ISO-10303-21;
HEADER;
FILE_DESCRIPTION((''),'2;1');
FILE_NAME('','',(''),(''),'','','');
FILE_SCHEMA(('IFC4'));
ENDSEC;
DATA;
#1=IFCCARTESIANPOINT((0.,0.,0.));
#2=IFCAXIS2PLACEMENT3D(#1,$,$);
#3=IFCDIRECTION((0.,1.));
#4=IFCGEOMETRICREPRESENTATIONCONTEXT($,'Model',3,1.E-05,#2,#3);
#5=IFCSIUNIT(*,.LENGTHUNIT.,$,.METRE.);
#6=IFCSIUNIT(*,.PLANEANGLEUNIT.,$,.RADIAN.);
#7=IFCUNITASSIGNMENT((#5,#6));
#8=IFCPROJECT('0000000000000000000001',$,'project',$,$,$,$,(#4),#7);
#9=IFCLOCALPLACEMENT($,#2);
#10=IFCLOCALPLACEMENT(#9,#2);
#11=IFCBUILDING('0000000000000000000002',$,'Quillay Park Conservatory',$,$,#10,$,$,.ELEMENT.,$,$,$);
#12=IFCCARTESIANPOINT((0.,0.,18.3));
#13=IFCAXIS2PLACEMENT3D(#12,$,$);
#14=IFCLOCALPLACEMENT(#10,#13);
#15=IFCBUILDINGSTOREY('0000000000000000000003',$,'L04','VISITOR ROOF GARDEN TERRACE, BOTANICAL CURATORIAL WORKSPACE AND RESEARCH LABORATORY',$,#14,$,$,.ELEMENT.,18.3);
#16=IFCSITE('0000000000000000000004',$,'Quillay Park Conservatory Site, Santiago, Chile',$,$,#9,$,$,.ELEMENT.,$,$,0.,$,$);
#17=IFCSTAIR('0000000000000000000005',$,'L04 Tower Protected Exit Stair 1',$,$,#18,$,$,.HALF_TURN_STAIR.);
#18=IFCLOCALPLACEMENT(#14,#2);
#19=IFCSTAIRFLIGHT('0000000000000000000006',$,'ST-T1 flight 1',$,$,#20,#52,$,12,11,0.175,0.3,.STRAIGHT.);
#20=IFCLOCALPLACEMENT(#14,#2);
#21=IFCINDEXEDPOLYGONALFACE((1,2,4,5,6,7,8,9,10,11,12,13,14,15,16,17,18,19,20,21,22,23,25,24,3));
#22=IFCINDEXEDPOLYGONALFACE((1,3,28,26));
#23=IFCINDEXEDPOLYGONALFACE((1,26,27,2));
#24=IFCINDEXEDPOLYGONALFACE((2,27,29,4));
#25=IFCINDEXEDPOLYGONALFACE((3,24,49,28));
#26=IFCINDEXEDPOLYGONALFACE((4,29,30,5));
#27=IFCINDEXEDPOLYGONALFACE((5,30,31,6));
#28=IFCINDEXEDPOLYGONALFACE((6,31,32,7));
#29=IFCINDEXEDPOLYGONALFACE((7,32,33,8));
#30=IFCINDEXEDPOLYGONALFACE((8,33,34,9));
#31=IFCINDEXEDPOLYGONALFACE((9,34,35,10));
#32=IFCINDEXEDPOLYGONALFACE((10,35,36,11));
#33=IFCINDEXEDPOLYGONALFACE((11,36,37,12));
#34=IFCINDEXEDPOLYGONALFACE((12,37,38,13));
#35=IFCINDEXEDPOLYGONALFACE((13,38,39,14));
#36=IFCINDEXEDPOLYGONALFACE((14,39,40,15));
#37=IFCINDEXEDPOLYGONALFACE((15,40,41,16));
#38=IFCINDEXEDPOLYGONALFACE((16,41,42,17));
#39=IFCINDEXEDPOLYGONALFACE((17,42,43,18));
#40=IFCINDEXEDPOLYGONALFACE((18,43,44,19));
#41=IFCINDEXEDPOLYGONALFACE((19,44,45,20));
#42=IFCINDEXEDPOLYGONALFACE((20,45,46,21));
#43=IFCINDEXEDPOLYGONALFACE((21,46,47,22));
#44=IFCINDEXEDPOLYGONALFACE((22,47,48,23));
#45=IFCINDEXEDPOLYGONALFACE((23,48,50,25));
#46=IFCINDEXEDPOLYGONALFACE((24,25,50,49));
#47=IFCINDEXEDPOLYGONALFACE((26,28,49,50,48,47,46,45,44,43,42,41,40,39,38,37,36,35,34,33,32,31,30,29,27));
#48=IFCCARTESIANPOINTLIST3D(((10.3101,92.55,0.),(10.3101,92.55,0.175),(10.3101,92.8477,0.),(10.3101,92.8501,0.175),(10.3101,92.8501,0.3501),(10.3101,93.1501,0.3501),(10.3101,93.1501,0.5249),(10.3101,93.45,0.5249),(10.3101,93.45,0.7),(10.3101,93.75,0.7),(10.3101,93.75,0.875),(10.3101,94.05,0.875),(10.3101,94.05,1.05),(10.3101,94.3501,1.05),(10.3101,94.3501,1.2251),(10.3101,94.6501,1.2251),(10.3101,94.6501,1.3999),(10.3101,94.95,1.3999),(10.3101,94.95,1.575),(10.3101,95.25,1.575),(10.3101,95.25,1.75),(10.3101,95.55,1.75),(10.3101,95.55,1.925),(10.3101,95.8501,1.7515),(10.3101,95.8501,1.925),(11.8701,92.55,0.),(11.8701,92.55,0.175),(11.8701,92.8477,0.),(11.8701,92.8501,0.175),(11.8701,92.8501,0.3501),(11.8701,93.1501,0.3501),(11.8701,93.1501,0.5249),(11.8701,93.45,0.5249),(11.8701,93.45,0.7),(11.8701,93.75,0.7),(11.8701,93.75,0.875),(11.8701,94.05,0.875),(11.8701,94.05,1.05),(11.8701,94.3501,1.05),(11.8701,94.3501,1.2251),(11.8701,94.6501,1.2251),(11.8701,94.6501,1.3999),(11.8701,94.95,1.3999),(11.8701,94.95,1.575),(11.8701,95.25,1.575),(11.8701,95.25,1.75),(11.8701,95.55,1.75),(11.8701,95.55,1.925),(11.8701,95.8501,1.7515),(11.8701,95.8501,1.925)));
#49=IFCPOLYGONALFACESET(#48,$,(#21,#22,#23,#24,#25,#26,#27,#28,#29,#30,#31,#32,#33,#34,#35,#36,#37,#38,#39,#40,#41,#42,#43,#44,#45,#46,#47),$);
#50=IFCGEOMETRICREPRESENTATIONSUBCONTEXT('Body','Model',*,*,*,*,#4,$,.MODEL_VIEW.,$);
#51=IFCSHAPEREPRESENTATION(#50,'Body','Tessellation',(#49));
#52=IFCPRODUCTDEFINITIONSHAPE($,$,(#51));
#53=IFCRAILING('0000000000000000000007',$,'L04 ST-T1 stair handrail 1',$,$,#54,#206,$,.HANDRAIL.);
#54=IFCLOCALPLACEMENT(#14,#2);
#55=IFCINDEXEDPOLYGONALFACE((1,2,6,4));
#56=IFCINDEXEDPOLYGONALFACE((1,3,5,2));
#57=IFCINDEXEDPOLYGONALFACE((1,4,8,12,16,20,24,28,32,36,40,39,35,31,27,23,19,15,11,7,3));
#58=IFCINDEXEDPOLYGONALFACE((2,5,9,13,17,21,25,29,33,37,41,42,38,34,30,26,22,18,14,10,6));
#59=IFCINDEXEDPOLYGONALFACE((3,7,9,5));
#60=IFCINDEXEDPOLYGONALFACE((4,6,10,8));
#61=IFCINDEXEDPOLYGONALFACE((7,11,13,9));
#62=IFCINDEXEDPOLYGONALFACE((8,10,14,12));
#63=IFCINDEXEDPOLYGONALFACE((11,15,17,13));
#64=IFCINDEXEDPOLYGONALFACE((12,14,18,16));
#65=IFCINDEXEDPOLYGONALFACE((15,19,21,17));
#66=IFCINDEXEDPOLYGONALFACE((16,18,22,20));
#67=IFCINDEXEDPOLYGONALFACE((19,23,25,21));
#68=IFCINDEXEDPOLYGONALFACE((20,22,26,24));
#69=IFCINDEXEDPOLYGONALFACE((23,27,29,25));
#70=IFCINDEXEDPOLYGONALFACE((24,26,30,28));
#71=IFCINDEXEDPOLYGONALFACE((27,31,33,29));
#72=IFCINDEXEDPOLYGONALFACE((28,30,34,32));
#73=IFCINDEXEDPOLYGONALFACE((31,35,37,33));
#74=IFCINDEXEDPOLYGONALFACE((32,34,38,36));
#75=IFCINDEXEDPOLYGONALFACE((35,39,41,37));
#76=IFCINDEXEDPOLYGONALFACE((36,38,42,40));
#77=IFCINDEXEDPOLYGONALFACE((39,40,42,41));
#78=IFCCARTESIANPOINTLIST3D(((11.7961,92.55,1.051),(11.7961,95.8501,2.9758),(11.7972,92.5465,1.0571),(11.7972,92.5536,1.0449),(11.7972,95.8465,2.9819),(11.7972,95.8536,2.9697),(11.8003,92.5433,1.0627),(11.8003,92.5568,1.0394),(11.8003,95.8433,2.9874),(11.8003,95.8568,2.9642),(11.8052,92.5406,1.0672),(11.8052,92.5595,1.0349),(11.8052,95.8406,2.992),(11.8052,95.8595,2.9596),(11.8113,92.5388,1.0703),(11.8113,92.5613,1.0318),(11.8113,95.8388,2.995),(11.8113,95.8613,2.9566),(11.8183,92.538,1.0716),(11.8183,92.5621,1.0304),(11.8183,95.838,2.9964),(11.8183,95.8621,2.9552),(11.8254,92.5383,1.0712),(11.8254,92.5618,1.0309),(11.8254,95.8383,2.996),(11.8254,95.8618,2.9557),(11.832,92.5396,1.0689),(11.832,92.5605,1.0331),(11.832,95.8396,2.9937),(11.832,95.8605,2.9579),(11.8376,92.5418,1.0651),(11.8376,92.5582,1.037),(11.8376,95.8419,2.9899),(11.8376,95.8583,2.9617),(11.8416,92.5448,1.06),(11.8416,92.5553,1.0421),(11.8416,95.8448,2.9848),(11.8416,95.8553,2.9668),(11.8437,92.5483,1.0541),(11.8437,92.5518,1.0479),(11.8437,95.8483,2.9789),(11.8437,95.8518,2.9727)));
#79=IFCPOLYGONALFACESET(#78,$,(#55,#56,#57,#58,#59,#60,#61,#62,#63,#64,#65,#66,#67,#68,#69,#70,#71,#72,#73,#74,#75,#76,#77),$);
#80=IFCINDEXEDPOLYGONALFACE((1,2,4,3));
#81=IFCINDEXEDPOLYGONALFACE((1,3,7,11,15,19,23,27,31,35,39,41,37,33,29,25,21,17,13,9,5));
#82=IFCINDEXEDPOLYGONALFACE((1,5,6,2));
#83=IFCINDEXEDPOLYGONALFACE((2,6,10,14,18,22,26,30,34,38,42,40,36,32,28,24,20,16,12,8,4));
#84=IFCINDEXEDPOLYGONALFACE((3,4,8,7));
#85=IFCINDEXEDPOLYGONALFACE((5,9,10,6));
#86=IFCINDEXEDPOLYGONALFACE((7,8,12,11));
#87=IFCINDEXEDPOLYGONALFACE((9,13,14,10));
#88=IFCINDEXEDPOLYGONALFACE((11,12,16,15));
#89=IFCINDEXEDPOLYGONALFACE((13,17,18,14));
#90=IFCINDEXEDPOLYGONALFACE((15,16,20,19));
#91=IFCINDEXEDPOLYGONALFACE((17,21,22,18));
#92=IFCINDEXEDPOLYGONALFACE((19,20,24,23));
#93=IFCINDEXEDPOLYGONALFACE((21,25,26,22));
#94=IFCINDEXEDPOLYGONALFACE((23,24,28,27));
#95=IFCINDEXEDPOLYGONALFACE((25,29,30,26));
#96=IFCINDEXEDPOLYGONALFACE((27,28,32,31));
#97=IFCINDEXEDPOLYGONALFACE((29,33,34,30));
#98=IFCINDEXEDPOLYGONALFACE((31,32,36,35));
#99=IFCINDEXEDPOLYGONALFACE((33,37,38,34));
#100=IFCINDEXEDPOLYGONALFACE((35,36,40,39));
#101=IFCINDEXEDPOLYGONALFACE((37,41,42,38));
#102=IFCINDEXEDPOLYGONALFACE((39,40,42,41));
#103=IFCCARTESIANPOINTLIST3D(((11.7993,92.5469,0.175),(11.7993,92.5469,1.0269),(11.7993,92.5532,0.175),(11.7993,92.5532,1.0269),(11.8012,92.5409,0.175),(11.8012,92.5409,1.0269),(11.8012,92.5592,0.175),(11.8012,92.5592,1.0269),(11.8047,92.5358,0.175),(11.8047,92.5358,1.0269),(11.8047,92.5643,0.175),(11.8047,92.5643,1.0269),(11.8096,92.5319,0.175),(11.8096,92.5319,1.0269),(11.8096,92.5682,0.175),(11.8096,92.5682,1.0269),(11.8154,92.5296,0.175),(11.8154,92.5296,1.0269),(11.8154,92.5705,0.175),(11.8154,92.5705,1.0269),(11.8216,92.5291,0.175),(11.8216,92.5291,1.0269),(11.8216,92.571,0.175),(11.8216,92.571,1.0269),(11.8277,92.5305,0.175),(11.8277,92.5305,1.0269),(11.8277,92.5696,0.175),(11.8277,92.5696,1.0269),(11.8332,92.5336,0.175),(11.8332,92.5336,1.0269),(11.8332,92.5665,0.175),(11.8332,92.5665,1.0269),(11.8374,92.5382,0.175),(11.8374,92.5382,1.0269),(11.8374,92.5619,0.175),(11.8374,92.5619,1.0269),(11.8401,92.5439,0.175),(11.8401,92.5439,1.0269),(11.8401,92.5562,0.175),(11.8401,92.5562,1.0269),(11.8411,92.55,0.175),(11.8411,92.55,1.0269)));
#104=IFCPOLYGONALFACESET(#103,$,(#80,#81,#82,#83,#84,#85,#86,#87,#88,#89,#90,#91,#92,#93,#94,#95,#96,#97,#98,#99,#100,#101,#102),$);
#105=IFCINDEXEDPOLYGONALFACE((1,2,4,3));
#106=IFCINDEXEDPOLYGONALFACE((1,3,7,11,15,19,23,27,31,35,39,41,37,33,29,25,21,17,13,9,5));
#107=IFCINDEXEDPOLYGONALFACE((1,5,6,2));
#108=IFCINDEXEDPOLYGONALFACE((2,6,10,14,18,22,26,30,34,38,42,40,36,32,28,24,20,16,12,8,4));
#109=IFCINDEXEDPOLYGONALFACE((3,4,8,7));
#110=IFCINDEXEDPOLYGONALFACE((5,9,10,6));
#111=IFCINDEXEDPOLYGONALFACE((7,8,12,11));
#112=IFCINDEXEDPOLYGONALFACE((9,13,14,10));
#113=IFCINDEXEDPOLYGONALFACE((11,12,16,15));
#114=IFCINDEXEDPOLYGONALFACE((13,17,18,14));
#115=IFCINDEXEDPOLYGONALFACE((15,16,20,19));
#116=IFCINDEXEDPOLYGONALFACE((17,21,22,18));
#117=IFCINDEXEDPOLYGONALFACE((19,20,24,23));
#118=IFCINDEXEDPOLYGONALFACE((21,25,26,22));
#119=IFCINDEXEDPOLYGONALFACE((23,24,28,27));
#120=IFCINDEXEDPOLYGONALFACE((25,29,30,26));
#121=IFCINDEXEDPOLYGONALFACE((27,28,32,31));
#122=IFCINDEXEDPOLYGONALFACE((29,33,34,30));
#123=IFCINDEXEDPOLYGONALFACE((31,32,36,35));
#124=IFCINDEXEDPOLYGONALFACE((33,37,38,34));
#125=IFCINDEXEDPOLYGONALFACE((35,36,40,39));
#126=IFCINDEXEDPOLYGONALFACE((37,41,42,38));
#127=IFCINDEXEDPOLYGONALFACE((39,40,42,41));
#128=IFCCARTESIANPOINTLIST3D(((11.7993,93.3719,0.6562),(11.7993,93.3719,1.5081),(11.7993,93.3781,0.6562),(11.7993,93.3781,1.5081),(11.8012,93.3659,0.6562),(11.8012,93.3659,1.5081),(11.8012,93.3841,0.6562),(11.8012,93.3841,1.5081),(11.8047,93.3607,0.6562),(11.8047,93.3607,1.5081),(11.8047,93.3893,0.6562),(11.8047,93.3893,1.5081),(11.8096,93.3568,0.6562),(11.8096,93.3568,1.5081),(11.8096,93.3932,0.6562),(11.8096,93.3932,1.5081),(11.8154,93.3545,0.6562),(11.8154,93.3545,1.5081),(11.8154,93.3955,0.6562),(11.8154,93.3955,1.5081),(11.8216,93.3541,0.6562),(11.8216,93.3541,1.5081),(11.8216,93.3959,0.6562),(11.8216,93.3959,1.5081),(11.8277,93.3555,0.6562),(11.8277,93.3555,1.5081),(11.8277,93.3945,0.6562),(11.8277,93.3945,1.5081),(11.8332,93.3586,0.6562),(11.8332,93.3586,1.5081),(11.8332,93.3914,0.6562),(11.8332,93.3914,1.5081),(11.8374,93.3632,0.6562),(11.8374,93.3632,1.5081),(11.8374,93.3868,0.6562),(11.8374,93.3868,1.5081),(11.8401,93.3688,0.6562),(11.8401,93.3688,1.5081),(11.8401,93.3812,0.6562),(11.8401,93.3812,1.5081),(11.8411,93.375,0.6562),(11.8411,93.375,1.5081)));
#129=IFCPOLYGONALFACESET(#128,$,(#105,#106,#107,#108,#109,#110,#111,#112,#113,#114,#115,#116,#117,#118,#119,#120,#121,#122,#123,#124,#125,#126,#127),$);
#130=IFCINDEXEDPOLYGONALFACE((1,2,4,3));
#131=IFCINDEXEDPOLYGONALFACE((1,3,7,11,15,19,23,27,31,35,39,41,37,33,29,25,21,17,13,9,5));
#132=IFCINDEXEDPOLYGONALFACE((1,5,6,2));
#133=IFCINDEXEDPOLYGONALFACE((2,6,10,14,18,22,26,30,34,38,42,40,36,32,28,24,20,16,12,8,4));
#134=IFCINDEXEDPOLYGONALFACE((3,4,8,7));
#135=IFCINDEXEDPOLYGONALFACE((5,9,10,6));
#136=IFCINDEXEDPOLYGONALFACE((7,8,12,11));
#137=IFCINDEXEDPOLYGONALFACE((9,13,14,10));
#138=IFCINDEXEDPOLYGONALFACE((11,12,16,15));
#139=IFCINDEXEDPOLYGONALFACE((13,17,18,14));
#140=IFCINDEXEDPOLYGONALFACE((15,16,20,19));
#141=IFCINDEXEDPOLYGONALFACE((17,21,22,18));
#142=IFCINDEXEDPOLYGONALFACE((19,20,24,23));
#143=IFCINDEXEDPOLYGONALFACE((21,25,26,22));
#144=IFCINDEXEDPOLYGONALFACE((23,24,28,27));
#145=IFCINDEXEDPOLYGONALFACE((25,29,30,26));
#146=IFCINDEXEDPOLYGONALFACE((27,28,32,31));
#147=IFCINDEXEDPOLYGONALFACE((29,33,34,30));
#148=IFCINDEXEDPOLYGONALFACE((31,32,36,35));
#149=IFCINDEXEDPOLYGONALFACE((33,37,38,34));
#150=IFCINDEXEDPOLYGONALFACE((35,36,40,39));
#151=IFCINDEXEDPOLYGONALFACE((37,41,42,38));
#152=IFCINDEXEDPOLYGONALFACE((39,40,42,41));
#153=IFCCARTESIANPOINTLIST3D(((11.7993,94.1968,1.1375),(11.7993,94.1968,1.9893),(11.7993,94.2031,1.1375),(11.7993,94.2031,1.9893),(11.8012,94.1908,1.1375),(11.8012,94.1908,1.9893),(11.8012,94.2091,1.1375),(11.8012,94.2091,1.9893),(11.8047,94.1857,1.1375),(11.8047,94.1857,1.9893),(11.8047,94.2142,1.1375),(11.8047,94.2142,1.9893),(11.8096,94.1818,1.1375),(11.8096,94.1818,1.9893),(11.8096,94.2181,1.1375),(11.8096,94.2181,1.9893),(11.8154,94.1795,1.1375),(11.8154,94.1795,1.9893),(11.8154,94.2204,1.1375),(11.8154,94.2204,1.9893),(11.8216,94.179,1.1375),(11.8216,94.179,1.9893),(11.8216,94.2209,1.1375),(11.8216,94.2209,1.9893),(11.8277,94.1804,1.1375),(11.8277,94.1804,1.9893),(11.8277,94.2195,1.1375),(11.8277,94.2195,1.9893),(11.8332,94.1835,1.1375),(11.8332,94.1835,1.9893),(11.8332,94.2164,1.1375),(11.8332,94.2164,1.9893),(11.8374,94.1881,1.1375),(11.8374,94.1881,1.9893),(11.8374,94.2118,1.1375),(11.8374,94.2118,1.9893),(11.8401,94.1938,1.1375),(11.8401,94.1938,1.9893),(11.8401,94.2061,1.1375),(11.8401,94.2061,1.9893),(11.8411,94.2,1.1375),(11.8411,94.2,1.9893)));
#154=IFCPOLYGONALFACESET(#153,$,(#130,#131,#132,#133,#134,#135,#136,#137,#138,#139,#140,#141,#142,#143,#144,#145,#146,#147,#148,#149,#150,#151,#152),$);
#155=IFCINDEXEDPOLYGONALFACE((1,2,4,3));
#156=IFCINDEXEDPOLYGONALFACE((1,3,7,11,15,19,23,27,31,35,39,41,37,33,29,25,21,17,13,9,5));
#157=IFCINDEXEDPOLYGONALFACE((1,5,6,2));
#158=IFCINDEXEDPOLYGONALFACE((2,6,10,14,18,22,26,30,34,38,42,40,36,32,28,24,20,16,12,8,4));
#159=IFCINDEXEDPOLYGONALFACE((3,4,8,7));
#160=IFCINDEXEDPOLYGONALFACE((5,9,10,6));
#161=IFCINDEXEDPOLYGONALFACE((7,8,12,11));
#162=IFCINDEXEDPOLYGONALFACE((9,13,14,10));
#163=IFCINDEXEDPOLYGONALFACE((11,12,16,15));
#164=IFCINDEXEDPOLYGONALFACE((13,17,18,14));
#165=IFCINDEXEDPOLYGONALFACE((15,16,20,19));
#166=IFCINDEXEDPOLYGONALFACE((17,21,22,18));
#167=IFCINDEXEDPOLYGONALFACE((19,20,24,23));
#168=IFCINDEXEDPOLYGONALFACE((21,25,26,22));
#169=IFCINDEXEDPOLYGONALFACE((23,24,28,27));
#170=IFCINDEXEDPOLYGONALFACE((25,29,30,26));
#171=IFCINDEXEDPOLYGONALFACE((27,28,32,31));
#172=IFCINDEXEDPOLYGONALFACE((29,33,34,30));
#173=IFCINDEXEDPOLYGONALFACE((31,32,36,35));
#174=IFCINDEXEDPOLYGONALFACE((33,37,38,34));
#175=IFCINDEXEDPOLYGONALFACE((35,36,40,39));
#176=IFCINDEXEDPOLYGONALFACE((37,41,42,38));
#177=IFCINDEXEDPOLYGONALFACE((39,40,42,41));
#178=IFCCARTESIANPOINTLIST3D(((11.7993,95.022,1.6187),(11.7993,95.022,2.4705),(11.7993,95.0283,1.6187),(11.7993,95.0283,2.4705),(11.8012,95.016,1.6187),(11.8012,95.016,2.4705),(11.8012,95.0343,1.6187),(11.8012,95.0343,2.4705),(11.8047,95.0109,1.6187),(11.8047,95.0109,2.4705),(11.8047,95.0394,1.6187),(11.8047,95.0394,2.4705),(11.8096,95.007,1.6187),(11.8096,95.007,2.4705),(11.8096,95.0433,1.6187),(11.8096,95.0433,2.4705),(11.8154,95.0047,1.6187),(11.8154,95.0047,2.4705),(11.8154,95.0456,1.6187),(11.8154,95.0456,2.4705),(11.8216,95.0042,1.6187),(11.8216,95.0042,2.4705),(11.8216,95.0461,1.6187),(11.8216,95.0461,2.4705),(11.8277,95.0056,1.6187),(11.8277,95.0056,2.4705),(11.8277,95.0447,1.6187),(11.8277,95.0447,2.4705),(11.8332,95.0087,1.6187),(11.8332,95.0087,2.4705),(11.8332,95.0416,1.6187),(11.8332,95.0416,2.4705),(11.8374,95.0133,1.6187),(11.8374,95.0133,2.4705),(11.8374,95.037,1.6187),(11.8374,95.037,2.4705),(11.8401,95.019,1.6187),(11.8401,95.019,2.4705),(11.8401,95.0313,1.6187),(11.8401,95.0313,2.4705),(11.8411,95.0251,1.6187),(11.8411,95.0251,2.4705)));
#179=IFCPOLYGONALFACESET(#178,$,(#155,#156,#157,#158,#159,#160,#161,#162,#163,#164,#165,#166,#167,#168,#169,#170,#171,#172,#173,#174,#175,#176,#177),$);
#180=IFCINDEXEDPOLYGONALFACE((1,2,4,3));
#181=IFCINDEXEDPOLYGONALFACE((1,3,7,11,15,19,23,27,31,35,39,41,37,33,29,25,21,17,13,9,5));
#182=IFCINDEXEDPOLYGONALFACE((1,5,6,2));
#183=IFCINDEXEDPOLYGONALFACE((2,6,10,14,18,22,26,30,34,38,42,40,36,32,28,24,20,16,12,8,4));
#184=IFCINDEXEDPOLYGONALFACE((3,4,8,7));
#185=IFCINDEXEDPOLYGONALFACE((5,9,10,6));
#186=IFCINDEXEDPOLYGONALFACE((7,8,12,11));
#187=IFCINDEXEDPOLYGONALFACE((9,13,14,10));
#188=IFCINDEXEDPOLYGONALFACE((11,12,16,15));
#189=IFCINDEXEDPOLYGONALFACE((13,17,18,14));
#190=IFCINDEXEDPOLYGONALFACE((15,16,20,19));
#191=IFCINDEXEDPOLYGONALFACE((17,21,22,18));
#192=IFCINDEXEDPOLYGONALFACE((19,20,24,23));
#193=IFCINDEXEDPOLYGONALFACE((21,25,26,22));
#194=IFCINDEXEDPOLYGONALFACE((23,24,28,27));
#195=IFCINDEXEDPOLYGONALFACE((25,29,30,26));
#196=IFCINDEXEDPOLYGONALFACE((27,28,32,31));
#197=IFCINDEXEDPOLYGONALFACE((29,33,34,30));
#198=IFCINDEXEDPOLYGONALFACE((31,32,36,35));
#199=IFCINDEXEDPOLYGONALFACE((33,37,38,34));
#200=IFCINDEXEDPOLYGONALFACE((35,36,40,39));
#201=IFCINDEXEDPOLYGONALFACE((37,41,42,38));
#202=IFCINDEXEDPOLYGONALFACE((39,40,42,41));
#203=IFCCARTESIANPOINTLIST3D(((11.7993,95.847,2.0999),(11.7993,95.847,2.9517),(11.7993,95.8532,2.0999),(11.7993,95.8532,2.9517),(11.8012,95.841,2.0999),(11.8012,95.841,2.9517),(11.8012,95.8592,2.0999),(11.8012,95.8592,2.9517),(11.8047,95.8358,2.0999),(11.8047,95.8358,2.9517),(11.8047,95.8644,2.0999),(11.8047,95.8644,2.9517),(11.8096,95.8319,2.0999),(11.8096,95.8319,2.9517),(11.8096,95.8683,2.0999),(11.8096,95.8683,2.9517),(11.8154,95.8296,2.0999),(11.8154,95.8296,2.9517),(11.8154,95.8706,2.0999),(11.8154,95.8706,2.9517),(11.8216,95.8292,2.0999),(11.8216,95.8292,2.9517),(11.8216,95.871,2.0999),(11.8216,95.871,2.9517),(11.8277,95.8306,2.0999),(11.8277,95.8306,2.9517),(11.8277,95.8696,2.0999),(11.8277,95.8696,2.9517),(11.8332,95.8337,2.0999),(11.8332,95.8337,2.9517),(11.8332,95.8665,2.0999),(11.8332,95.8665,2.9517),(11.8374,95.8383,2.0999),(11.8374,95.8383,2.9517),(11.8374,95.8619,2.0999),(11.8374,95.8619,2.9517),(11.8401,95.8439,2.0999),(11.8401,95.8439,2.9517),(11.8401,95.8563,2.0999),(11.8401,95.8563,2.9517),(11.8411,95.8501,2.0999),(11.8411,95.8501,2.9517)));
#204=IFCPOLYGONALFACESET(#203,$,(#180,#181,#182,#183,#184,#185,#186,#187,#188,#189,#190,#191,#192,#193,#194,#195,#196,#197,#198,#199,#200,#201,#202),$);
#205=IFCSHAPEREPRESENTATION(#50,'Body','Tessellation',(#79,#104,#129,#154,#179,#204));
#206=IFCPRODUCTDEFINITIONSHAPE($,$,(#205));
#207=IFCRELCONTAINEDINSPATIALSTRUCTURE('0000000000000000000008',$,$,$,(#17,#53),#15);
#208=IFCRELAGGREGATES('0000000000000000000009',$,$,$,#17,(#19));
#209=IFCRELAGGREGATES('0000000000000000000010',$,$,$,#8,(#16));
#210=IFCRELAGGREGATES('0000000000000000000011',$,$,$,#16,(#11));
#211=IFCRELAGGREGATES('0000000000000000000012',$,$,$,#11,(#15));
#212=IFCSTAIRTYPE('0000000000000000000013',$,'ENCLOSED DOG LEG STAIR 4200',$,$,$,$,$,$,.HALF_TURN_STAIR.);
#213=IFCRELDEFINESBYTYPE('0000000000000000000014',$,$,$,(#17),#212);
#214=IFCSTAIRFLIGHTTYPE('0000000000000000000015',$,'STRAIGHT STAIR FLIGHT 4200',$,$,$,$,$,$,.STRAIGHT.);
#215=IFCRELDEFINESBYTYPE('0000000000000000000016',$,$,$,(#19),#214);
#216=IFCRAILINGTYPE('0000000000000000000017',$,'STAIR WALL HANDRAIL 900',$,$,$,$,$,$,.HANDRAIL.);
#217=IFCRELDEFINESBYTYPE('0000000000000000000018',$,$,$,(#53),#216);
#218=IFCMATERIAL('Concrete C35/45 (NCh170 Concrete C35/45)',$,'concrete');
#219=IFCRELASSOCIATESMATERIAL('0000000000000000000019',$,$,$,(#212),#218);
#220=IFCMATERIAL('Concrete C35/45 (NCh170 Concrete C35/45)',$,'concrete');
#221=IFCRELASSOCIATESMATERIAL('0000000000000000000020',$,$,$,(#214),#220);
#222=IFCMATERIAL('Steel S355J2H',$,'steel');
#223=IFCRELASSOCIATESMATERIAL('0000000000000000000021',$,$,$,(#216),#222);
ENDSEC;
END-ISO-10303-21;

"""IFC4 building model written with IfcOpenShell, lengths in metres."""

from ifc_helpers import new_model, si_unit, direction, frame, origin, origin_2d, place, context, subcontext, project, spatial, polyline, circle, outline, extrude, material, type_object, element, aggregate, save


model = new_model("IFC4")

# Units and contexts
model_context = context("Model", 3, precision=1e-05, world=origin(), true_north=direction((0.0, 1.0)))
body_context = subcontext(model_context, "Body", "Model", "MODEL_VIEW")
ifc_project = project(units=[si_unit("LENGTHUNIT", "METRE"), si_unit("PLANEANGLEUNIT", "RADIAN")], contexts=[model_context])

# Site, building, storey
site_placement = place(None, origin())
site = spatial("IfcSite", under=ifc_project, at=site_placement, Name="Quillay Park Conservatory Site, Santiago, Chile", CompositionType="ELEMENT", RefElevation=0.0)
building_placement = place(site_placement, origin())
building = spatial("IfcBuilding", under=site, at=building_placement, Name="Quillay Park Conservatory", CompositionType="ELEMENT")
storey_placement = place(building_placement, frame((0.0, 0.0, 18.3)))
storey = spatial("IfcBuildingStorey", under=building, at=storey_placement, Name="L04", Description="VISITOR ROOF GARDEN TERRACE, BOTANICAL CURATORIAL WORKSPACE AND RESEARCH LABORATORY", CompositionType="ELEMENT", Elevation=18.3)

# Stair, stair flight
ifc_material_1 = material(Name="Concrete C35/45 (NCh170 Concrete C35/45)", Category="concrete")
stair_type = type_object("IfcStairType", Name="ENCLOSED DOG LEG STAIR 4200", PredefinedType="HALF_TURN_STAIR", material=ifc_material_1)
stair_placement = place(storey_placement, origin())
stair = element("IfcStair", 1, at=stair_placement, inside=storey, type_object=stair_type, Name="L04 Tower Protected Exit Stair 1", PredefinedType="HALF_TURN_STAIR")
ifc_material_2 = material(Name="Concrete C35/45 (NCh170 Concrete C35/45)", Category="concrete")
stair_flight_type = type_object("IfcStairFlightType", Name="STRAIGHT STAIR FLIGHT 4200", PredefinedType="STRAIGHT", material=ifc_material_2)
stair_flight_placement = place(storey_placement, frame((11.0901, 92.55, 0.0), z_axis=(0.0, 0.0, 1.0), x_axis=(0.0, 1.0, 0.0)))
stair_flight = element("IfcStairFlight", 2, at=stair_flight_placement, type_object=stair_flight_type, Name="ST-T1 flight 1", NumberOfRisers=12, NumberOfTreads=11, PredefinedType="STRAIGHT", RiserHeight=0.175, TreadLength=0.3, context=body_context, shape_type="SweptSolid", body=[
    extrude(outline(polyline([(0.0, 0.0), (0.0, 0.175), (0.3, 0.175), (0.3, 0.3501), (0.6001, 0.3501), (0.6001, 0.5249), (0.8999, 0.5249), (0.8999, 0.7), (1.2, 0.7), (1.2, 0.875), (1.5, 0.875), (1.5, 1.05), (1.8, 1.05), (1.8, 1.2251), (2.1001, 1.2251), (2.1001, 1.3999), (2.3999, 1.3999), (2.3999, 1.575), (2.7, 1.575), (2.7, 1.75), (3.0, 1.75), (3.0, 1.925), (3.3, 1.925), (3.3, 2.1001), (3.3, 1.7515), (0.2976, 0.0), (0.0, 0.0)])), frame((0.0, 0.78, 0.0), z_axis=(0.0, -1.0, 0.0), x_axis=(1.0, 0.0, 0.0)), (0.0, 0.0, 1.0), 1.5601),
])
aggregate(stair, [stair_flight])

# Railing
ifc_material_3 = material(Name="Steel S355J2H", Category="steel")
railing_type = type_object("IfcRailingType", Name="STAIR WALL HANDRAIL 900", PredefinedType="HANDRAIL", material=ifc_material_3)
railing_placement = place(storey_placement, frame((11.8201, 92.55, 0.175)))
element("IfcRailing", 3, at=railing_placement, inside=storey, type_object=railing_type, Name="L04 ST-T1 stair handrail 1", PredefinedType="HANDRAIL", context=body_context, shape_type="SweptSolid", body=[
    extrude(circle(Radius=0.0239, at=origin_2d()), frame((0.0, 0.0, 0.876), z_axis=(0.0, 0.863804, 0.503827), x_axis=(-1.0, 0.0, 0.0)), (0.0, 0.0, 1.0), 3.8203),
    extrude(circle(Radius=0.021, at=origin_2d()), origin(), (0.0, 0.0, 1.0), 0.8518),
    extrude(circle(Radius=0.021, at=origin_2d()), frame((0.0, 0.825, 0.4812)), (0.0, 0.0, 1.0), 0.8518),
    extrude(circle(Radius=0.021, at=origin_2d()), frame((0.0, 1.6499, 0.9624)), (0.0, 0.0, 1.0), 0.8518),
    extrude(circle(Radius=0.021, at=origin_2d()), frame((0.0, 2.4751, 1.4436)), (0.0, 0.0, 1.0), 0.8518),
    extrude(circle(Radius=0.021, at=origin_2d()), frame((0.0, 3.3, 1.9248)), (0.0, 0.0, 1.0), 0.8518),
])

save(model, "model.ifc")
